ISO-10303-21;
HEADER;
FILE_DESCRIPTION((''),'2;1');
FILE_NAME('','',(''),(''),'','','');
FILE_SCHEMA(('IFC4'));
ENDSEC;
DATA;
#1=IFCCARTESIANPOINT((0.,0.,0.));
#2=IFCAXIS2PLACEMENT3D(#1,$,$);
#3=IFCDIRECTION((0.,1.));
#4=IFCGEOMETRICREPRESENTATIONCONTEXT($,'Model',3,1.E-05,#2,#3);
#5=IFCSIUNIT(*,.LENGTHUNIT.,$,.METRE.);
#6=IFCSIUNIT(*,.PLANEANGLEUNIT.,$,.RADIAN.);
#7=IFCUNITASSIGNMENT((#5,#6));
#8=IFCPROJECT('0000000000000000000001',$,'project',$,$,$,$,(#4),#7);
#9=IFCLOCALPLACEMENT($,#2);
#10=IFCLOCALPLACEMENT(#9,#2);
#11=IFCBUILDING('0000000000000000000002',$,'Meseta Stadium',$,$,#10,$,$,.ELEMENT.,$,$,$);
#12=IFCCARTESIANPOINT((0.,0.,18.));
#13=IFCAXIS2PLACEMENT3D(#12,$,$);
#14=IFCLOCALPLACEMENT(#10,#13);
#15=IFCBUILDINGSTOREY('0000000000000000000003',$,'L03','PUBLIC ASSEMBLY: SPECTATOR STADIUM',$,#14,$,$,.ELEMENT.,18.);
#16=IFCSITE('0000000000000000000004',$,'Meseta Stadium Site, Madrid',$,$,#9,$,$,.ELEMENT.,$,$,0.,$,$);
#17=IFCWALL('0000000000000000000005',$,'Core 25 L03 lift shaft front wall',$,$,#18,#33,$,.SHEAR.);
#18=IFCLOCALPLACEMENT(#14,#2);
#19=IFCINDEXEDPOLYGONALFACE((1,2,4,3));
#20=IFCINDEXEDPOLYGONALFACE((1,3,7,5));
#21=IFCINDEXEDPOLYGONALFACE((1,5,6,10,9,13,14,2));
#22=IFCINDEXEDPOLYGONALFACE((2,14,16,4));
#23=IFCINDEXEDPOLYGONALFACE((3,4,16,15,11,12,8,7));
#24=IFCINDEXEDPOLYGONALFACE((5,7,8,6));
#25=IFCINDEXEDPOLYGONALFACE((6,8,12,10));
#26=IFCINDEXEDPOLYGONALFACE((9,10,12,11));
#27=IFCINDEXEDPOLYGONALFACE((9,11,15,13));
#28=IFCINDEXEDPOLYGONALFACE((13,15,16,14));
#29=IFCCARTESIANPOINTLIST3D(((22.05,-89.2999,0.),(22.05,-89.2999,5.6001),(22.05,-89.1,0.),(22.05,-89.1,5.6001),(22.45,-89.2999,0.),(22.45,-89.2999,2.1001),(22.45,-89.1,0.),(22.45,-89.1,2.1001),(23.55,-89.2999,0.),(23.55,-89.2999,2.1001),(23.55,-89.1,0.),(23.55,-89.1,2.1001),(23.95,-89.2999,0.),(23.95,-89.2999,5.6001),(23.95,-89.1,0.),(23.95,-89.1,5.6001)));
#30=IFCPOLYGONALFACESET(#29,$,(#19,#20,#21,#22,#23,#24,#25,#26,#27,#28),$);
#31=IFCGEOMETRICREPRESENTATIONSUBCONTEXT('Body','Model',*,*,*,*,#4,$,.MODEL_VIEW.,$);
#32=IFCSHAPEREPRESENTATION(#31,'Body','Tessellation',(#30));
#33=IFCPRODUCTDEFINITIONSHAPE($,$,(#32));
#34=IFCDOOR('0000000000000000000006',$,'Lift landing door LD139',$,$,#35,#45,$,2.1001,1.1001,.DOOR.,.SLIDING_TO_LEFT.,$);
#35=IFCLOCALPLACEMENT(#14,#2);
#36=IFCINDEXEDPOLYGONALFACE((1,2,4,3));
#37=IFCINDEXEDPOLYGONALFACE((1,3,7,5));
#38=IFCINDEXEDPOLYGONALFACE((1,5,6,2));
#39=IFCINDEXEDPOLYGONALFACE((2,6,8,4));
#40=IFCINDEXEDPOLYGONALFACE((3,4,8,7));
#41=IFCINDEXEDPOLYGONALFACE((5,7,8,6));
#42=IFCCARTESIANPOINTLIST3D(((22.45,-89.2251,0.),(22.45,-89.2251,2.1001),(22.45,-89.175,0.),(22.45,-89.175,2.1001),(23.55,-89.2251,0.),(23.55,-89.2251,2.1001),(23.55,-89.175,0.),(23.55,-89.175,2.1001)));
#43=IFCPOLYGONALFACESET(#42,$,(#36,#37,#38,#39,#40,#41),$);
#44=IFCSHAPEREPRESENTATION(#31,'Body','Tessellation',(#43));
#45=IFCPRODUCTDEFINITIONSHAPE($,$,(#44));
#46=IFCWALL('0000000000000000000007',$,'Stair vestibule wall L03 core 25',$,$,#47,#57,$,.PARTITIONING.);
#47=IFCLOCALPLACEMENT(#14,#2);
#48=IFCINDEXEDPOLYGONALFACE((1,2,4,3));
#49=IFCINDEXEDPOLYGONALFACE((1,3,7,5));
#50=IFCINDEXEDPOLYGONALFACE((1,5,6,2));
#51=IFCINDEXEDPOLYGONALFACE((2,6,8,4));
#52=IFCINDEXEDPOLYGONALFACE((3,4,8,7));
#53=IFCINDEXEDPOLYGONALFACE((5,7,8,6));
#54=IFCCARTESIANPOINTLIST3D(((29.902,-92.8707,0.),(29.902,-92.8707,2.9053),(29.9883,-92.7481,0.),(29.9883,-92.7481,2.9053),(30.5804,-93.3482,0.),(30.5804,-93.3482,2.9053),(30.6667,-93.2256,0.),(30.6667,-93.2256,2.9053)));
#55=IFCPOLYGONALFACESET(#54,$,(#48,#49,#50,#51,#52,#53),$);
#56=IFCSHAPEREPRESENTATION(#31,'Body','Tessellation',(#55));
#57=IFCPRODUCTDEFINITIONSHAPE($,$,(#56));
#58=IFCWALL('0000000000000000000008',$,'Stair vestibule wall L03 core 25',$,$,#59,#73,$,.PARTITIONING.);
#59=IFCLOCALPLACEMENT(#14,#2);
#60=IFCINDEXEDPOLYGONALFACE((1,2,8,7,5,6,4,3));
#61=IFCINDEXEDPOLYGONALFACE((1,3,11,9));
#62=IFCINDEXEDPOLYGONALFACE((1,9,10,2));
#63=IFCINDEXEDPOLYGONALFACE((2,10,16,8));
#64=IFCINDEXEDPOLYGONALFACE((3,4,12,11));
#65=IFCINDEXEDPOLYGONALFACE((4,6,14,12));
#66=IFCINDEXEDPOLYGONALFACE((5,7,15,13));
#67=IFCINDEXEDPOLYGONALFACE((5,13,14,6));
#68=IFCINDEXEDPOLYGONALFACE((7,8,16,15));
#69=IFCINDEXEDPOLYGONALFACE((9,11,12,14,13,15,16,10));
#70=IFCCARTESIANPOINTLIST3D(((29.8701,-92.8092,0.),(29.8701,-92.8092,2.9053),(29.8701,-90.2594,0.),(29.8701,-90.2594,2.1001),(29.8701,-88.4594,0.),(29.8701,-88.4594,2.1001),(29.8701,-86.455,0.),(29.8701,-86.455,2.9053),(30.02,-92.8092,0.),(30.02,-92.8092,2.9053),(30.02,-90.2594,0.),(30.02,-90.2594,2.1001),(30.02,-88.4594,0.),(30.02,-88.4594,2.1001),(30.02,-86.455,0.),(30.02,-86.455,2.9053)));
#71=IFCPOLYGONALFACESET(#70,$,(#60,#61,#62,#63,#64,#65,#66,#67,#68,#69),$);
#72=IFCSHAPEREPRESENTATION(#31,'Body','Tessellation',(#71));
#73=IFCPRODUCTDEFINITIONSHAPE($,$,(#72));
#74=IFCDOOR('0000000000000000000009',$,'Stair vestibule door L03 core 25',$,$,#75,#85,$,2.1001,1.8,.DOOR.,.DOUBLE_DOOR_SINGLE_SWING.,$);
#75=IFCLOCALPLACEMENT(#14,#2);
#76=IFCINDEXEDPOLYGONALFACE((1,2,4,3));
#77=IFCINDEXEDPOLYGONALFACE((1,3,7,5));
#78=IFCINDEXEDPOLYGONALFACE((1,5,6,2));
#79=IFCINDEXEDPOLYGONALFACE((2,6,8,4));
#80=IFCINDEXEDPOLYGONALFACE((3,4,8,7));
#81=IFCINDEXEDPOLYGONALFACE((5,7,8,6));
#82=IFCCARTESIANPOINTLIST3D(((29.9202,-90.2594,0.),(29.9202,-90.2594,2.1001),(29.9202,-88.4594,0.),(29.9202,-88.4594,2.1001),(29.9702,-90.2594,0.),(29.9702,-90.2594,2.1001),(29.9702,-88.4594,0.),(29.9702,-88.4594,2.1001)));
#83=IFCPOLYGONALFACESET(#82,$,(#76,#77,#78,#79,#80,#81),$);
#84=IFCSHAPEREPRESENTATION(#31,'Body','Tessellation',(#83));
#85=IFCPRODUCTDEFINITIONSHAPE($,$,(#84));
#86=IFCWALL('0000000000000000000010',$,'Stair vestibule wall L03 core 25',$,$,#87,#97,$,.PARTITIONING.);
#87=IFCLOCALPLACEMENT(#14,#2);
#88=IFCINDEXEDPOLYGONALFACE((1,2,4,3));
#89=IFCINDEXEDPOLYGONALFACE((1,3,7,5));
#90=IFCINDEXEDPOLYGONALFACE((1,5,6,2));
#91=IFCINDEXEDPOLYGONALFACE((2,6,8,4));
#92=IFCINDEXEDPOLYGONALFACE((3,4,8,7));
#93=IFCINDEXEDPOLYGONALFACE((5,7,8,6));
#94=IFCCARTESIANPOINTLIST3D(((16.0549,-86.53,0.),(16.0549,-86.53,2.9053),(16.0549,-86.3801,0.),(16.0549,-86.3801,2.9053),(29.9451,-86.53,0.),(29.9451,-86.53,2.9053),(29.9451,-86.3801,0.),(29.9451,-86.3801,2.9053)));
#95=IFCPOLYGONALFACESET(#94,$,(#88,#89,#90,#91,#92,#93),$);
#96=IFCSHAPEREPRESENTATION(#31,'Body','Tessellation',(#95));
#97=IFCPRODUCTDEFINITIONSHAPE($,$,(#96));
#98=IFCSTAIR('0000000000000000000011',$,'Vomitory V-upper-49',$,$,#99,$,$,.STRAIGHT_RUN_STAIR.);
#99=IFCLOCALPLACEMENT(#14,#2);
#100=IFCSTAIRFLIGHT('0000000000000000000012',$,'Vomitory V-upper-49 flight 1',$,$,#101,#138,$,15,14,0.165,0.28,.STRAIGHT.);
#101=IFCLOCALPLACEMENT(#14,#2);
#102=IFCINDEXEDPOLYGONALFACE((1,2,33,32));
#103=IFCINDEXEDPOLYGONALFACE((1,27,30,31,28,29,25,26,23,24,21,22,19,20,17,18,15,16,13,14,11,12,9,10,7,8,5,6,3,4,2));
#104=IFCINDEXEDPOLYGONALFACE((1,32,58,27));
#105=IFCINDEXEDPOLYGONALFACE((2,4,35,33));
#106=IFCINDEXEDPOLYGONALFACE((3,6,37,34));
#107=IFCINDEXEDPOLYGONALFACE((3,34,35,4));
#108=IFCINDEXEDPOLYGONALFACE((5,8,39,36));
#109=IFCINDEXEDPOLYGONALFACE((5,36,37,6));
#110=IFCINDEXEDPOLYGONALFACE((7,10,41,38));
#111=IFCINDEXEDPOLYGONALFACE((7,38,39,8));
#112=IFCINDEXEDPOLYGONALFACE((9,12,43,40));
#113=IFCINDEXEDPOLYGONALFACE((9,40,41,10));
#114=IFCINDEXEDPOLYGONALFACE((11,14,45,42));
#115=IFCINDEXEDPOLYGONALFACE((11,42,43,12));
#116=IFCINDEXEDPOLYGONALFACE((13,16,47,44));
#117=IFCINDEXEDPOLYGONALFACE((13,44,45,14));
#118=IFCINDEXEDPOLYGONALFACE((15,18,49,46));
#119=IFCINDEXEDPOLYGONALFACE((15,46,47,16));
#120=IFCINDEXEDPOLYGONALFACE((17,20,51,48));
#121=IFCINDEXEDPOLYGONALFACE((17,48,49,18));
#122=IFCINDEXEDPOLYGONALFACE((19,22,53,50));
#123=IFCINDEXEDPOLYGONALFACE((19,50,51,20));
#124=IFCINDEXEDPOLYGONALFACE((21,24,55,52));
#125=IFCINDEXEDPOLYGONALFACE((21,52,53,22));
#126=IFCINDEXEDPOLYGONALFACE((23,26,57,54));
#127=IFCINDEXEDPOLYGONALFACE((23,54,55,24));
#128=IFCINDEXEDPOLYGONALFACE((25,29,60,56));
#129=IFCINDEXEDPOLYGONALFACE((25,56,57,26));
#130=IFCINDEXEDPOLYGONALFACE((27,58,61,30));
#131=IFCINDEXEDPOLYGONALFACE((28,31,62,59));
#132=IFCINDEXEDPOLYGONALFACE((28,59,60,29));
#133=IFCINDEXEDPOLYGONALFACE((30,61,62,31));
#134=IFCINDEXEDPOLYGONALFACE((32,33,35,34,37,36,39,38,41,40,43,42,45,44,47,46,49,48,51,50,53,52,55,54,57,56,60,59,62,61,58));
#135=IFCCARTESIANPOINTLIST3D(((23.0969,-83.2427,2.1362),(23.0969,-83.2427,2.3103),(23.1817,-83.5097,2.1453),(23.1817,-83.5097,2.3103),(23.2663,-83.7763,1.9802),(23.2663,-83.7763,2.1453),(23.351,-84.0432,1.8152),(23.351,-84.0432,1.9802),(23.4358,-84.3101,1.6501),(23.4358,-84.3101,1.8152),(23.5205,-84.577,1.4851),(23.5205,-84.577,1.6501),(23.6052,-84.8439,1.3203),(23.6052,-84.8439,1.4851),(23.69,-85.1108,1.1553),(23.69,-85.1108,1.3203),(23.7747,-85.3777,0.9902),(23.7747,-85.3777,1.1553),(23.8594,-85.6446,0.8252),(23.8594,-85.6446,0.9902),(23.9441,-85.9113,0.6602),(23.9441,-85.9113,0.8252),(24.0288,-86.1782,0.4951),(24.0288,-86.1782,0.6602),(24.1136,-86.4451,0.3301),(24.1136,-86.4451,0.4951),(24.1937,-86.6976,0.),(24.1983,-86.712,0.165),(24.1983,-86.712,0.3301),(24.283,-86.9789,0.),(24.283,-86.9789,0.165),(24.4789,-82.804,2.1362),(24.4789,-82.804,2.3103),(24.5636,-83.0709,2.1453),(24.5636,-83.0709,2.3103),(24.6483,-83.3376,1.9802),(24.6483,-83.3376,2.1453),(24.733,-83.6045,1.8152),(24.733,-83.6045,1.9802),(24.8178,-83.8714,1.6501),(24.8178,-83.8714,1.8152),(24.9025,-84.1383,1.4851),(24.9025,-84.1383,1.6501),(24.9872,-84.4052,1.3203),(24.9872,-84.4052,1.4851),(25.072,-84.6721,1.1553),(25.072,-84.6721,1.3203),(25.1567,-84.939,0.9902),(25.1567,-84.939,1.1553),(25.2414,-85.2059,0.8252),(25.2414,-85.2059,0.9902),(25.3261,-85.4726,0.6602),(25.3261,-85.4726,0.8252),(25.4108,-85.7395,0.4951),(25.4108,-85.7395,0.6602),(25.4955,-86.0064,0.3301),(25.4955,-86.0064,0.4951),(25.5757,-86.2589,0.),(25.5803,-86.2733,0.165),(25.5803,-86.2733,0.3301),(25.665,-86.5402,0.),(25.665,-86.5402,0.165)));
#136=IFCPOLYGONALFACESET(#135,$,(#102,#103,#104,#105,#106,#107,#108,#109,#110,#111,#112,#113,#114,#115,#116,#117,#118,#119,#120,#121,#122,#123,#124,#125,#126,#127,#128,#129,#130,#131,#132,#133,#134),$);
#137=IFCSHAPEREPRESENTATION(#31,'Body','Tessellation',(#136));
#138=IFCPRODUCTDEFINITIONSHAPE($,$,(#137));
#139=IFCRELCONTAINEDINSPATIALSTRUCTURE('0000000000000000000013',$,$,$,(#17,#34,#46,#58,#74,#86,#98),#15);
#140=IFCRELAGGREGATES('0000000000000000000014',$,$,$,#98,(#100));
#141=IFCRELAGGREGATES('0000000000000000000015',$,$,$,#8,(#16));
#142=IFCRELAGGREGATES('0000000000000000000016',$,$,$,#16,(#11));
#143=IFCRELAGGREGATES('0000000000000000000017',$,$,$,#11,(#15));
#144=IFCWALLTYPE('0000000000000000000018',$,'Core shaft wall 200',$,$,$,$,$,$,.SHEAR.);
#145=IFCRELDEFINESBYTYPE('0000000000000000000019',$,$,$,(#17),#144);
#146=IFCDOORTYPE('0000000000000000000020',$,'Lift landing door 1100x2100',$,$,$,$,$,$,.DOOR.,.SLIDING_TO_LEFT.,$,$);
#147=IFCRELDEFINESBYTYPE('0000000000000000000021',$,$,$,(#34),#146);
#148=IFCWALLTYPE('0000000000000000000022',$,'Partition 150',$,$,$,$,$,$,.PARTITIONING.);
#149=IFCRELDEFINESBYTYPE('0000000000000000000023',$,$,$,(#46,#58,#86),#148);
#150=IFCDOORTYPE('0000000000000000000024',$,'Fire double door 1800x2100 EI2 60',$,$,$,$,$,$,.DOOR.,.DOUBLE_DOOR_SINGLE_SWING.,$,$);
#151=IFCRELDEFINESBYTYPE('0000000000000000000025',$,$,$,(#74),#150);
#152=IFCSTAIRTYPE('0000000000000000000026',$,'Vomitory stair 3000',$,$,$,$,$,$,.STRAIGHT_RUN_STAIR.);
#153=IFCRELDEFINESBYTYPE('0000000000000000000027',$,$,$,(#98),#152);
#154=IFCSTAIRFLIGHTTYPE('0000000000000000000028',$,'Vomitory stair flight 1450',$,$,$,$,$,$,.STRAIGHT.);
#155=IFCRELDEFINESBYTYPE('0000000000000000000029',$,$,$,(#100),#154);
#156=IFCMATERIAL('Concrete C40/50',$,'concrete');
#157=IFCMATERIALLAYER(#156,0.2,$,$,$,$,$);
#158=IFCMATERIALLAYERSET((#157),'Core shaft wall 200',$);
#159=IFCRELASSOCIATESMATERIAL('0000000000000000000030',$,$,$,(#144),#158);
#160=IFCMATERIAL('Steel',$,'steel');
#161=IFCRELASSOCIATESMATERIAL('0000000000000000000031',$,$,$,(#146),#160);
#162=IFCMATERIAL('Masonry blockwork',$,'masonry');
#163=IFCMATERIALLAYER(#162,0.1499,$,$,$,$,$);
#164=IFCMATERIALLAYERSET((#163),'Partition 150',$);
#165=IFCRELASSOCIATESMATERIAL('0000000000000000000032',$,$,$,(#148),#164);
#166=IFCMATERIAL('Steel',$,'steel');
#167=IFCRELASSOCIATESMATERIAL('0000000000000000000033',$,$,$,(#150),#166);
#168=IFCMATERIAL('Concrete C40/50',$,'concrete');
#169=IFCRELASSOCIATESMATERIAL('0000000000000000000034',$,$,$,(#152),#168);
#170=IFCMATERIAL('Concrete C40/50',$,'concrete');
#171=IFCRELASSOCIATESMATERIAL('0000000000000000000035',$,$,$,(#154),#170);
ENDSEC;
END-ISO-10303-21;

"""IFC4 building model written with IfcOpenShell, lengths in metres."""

from ifc_helpers import new_model, si_unit, direction, frame, frame_2d, origin, place, context, subcontext, project, spatial, polyline, rectangle, outline, extrude, material, layer, layer_set, type_object, element, fill, aggregate, save


model = new_model("IFC4")

# Units and contexts
model_context = context("Model", 3, precision=1e-05, world=origin(), true_north=direction((0.0, 1.0)))
body_context = subcontext(model_context, "Body", "Model", "MODEL_VIEW")
ifc_project = project(units=[si_unit("LENGTHUNIT", "METRE"), si_unit("PLANEANGLEUNIT", "RADIAN")], contexts=[model_context])

# Site, building, storey
site_placement = place(None, origin())
site = spatial("IfcSite", under=ifc_project, at=site_placement, Name="Meseta Stadium Site, Madrid", CompositionType="ELEMENT", RefElevation=0.0)
building_placement = place(site_placement, origin())
building = spatial("IfcBuilding", under=site, at=building_placement, Name="Meseta Stadium", CompositionType="ELEMENT")
storey_placement = place(building_placement, frame((0.0, 0.0, 18.0)))
storey = spatial("IfcBuildingStorey", under=building, at=storey_placement, Name="L03", Description="PUBLIC ASSEMBLY: SPECTATOR STADIUM", CompositionType="ELEMENT", Elevation=18.0)

# Shared definitions
ifc_material_1 = material(Name="Concrete C40/50", Category="concrete")
ifc_layer_1 = layer(ifc_material_1, 0.2)
ifc_layer_set_1 = layer_set([ifc_layer_1], Name="Core shaft wall 200")
wall_type_1 = type_object("IfcWallType", Name="Core shaft wall 200", PredefinedType="SHEAR", material=ifc_layer_set_1)

# Wall, opening, door
wall_1_placement = place(storey_placement, frame((22.05, -89.2, 0.0), z_axis=(0.0, 0.0, 1.0), x_axis=(1.0, 0.0, 0.0)))
wall_1 = element("IfcWall", 1, at=wall_1_placement, inside=storey, type_object=wall_type_1, Name="Core 25 L03 lift shaft front wall", PredefinedType="SHEAR", context=body_context, shape_type="SweptSolid", body=[
    extrude(rectangle(XDim=1.8999, YDim=0.2, at=frame_2d((0.95, 0.0))), origin(), (0.0, 0.0, 1.0), 5.6001),
])
opening_1_placement = place(wall_1_placement, frame((0.3999, 0.0, 0.0)))
opening_1 = element("IfcOpeningElement", 2, at=opening_1_placement, cuts=wall_1, PredefinedType="OPENING", context=body_context, shape_type="SweptSolid", body=[
    extrude(rectangle(XDim=1.1001, YDim=2.1001, at=frame_2d((0.55, 1.05))), frame((0.0, 0.1099, 0.0), z_axis=(0.0, -1.0, 0.0), x_axis=(1.0, 0.0, 0.0)), (0.0, 0.0, 1.0), 0.22),
])
ifc_material_2 = material(Name="Steel", Category="steel")
door_type_1 = type_object("IfcDoorType", Name="Lift landing door 1100x2100", OperationType="SLIDING_TO_LEFT", PredefinedType="DOOR", material=ifc_material_2)
door_1_placement = place(opening_1_placement, origin())
door_1 = element("IfcDoor", 3, at=door_1_placement, inside=storey, type_object=door_type_1, Name="Lift landing door LD139", OperationType="SLIDING_TO_LEFT", OverallHeight=2.1001, OverallWidth=1.1001, PredefinedType="DOOR", context=body_context, shape_type="SweptSolid", body=[
    extrude(rectangle(XDim=1.1001, YDim=2.1001, at=frame_2d((0.55, 1.05))), frame((0.0, 0.0249, 0.0), z_axis=(0.0, -1.0, 0.0), x_axis=(1.0, 0.0, 0.0)), (0.0, 0.0, 1.0), 0.05),
])
fill(opening_1, door_1)

# Wall
ifc_material_3 = material(Name="Masonry blockwork", Category="masonry")
ifc_layer_2 = layer(ifc_material_3, 0.1499)
ifc_layer_set_2 = layer_set([ifc_layer_2], Name="Partition 150")
wall_type_2 = type_object("IfcWallType", Name="Partition 150", PredefinedType="PARTITIONING", material=ifc_layer_set_2)
wall_2_placement = place(storey_placement, frame((30.6235, -93.2869, 0.0), z_axis=(0.0, 0.0, 1.0), x_axis=(-0.81775, 0.575574, 0.0)))
element("IfcWall", 4, at=wall_2_placement, inside=storey, type_object=wall_type_2, Name="Stair vestibule wall L03 core 25", PredefinedType="PARTITIONING", context=body_context, shape_type="SweptSolid", body=[
    extrude(rectangle(XDim=0.8296, YDim=0.1499, at=frame_2d((0.4148, 0.0))), origin(), (0.0, 0.0, 1.0), 2.9053),
])

# Wall, opening, door
wall_3_placement = place(storey_placement, frame((29.9451, -92.8093, 0.0), z_axis=(0.0, 0.0, 1.0), x_axis=(0.0, 1.0, 0.0)))
wall_3 = element("IfcWall", 5, at=wall_3_placement, inside=storey, type_object=wall_type_2, Name="Stair vestibule wall L03 core 25", PredefinedType="PARTITIONING", context=body_context, shape_type="SweptSolid", body=[
    extrude(rectangle(XDim=6.3542, YDim=0.1499, at=frame_2d((3.1772, 0.0))), origin(), (0.0, 0.0, 1.0), 2.9053),
])
opening_2_placement = place(wall_3_placement, frame((2.55, 0.0, 0.0)))
opening_2 = element("IfcOpeningElement", 6, at=opening_2_placement, cuts=wall_3, PredefinedType="OPENING", context=body_context, shape_type="SweptSolid", body=[
    extrude(rectangle(XDim=1.8, YDim=2.1001, at=frame_2d((0.8999, 1.05))), frame((0.0, 0.085, 0.0), z_axis=(0.0, -1.0, 0.0), x_axis=(1.0, 0.0, 0.0)), (0.0, 0.0, 1.0), 0.1699),
])
ifc_material_4 = material(Name="Steel", Category="steel")
door_type_2 = type_object("IfcDoorType", Name="Fire double door 1800x2100 EI2 60", OperationType="DOUBLE_DOOR_SINGLE_SWING", PredefinedType="DOOR", material=ifc_material_4)
door_2_placement = place(opening_2_placement, origin())
door_2 = element("IfcDoor", 7, at=door_2_placement, inside=storey, type_object=door_type_2, Name="Stair vestibule door L03 core 25", OperationType="DOUBLE_DOOR_SINGLE_SWING", OverallHeight=2.1001, OverallWidth=1.8, PredefinedType="DOOR", context=body_context, shape_type="SweptSolid", body=[
    extrude(rectangle(XDim=1.8, YDim=2.1001, at=frame_2d((0.8999, 1.05))), frame((0.0, 0.0249, 0.0), z_axis=(0.0, -1.0, 0.0), x_axis=(1.0, 0.0, 0.0)), (0.0, 0.0, 1.0), 0.05),
])
fill(opening_2, door_2)

# Wall
wall_4_placement = place(storey_placement, frame((29.9451, -86.4551, 0.0), z_axis=(0.0, 0.0, 1.0), x_axis=(-1.0, 0.0, 0.0)))
element("IfcWall", 8, at=wall_4_placement, inside=storey, type_object=wall_type_2, Name="Stair vestibule wall L03 core 25", PredefinedType="PARTITIONING", context=body_context, shape_type="SweptSolid", body=[
    extrude(rectangle(XDim=13.8901, YDim=0.1499, at=frame_2d((6.9451, 0.0))), origin(), (0.0, 0.0, 1.0), 2.9053),
])

# Stair, stair flight
ifc_material_5 = material(Name="Concrete C40/50", Category="concrete")
stair_type = type_object("IfcStairType", Name="Vomitory stair 3000", PredefinedType="STRAIGHT_RUN_STAIR", material=ifc_material_5)
stair_placement = place(storey_placement, origin())
stair = element("IfcStair", 9, at=stair_placement, inside=storey, type_object=stair_type, Name="Vomitory V-upper-49", PredefinedType="STRAIGHT_RUN_STAIR")
ifc_material_6 = material(Name="Concrete C40/50", Category="concrete")
stair_flight_type = type_object("IfcStairFlightType", Name="Vomitory stair flight 1450", PredefinedType="STRAIGHT", material=ifc_material_6)
stair_flight_1_placement = place(storey_placement, frame((24.9741, -86.7595, 0.0), z_axis=(0.0, 0.0, 1.0), x_axis=(-0.30258, 0.953124, 0.0)))
stair_flight_1 = element("IfcStairFlight", 10, at=stair_flight_1_placement, type_object=stair_flight_type, Name="Vomitory V-upper-49 flight 1", NumberOfRisers=15, NumberOfTreads=14, PredefinedType="STRAIGHT", RiserHeight=0.165, TreadLength=0.28, context=body_context, shape_type="SweptSolid", body=[
    extrude(outline(polyline([(0.0, 0.0), (0.0, 0.165), (0.28, 0.165), (0.28, 0.3301), (0.5601, 0.3301), (0.5601, 0.4951), (0.8401, 0.4951), (0.8401, 0.6602), (1.1201, 0.6602), (1.1201, 0.8252), (1.3999, 0.8252), (1.3999, 0.9902), (1.6799, 0.9902), (1.6799, 1.1553), (1.96, 1.1553), (1.96, 1.3203), (2.24, 1.3203), (2.24, 1.4851), (2.52, 1.4851), (2.52, 1.6501), (2.8, 1.6501), (2.8, 1.8152), (3.0801, 1.8152), (3.0801, 1.9802), (3.3601, 1.9802), (3.3601, 2.1453), (3.6399, 2.1453), (3.6399, 2.3103), (3.9199, 2.3103), (3.9199, 2.1362), (0.2952, 0.0), (0.0, 0.0)])), frame((0.0, 0.7251, 0.0), z_axis=(0.0, -1.0, 0.0), x_axis=(1.0, 0.0, 0.0)), (0.0, 0.0, 1.0), 1.45),
])
aggregate(stair, [stair_flight_1])

save(model, "model.ifc")
